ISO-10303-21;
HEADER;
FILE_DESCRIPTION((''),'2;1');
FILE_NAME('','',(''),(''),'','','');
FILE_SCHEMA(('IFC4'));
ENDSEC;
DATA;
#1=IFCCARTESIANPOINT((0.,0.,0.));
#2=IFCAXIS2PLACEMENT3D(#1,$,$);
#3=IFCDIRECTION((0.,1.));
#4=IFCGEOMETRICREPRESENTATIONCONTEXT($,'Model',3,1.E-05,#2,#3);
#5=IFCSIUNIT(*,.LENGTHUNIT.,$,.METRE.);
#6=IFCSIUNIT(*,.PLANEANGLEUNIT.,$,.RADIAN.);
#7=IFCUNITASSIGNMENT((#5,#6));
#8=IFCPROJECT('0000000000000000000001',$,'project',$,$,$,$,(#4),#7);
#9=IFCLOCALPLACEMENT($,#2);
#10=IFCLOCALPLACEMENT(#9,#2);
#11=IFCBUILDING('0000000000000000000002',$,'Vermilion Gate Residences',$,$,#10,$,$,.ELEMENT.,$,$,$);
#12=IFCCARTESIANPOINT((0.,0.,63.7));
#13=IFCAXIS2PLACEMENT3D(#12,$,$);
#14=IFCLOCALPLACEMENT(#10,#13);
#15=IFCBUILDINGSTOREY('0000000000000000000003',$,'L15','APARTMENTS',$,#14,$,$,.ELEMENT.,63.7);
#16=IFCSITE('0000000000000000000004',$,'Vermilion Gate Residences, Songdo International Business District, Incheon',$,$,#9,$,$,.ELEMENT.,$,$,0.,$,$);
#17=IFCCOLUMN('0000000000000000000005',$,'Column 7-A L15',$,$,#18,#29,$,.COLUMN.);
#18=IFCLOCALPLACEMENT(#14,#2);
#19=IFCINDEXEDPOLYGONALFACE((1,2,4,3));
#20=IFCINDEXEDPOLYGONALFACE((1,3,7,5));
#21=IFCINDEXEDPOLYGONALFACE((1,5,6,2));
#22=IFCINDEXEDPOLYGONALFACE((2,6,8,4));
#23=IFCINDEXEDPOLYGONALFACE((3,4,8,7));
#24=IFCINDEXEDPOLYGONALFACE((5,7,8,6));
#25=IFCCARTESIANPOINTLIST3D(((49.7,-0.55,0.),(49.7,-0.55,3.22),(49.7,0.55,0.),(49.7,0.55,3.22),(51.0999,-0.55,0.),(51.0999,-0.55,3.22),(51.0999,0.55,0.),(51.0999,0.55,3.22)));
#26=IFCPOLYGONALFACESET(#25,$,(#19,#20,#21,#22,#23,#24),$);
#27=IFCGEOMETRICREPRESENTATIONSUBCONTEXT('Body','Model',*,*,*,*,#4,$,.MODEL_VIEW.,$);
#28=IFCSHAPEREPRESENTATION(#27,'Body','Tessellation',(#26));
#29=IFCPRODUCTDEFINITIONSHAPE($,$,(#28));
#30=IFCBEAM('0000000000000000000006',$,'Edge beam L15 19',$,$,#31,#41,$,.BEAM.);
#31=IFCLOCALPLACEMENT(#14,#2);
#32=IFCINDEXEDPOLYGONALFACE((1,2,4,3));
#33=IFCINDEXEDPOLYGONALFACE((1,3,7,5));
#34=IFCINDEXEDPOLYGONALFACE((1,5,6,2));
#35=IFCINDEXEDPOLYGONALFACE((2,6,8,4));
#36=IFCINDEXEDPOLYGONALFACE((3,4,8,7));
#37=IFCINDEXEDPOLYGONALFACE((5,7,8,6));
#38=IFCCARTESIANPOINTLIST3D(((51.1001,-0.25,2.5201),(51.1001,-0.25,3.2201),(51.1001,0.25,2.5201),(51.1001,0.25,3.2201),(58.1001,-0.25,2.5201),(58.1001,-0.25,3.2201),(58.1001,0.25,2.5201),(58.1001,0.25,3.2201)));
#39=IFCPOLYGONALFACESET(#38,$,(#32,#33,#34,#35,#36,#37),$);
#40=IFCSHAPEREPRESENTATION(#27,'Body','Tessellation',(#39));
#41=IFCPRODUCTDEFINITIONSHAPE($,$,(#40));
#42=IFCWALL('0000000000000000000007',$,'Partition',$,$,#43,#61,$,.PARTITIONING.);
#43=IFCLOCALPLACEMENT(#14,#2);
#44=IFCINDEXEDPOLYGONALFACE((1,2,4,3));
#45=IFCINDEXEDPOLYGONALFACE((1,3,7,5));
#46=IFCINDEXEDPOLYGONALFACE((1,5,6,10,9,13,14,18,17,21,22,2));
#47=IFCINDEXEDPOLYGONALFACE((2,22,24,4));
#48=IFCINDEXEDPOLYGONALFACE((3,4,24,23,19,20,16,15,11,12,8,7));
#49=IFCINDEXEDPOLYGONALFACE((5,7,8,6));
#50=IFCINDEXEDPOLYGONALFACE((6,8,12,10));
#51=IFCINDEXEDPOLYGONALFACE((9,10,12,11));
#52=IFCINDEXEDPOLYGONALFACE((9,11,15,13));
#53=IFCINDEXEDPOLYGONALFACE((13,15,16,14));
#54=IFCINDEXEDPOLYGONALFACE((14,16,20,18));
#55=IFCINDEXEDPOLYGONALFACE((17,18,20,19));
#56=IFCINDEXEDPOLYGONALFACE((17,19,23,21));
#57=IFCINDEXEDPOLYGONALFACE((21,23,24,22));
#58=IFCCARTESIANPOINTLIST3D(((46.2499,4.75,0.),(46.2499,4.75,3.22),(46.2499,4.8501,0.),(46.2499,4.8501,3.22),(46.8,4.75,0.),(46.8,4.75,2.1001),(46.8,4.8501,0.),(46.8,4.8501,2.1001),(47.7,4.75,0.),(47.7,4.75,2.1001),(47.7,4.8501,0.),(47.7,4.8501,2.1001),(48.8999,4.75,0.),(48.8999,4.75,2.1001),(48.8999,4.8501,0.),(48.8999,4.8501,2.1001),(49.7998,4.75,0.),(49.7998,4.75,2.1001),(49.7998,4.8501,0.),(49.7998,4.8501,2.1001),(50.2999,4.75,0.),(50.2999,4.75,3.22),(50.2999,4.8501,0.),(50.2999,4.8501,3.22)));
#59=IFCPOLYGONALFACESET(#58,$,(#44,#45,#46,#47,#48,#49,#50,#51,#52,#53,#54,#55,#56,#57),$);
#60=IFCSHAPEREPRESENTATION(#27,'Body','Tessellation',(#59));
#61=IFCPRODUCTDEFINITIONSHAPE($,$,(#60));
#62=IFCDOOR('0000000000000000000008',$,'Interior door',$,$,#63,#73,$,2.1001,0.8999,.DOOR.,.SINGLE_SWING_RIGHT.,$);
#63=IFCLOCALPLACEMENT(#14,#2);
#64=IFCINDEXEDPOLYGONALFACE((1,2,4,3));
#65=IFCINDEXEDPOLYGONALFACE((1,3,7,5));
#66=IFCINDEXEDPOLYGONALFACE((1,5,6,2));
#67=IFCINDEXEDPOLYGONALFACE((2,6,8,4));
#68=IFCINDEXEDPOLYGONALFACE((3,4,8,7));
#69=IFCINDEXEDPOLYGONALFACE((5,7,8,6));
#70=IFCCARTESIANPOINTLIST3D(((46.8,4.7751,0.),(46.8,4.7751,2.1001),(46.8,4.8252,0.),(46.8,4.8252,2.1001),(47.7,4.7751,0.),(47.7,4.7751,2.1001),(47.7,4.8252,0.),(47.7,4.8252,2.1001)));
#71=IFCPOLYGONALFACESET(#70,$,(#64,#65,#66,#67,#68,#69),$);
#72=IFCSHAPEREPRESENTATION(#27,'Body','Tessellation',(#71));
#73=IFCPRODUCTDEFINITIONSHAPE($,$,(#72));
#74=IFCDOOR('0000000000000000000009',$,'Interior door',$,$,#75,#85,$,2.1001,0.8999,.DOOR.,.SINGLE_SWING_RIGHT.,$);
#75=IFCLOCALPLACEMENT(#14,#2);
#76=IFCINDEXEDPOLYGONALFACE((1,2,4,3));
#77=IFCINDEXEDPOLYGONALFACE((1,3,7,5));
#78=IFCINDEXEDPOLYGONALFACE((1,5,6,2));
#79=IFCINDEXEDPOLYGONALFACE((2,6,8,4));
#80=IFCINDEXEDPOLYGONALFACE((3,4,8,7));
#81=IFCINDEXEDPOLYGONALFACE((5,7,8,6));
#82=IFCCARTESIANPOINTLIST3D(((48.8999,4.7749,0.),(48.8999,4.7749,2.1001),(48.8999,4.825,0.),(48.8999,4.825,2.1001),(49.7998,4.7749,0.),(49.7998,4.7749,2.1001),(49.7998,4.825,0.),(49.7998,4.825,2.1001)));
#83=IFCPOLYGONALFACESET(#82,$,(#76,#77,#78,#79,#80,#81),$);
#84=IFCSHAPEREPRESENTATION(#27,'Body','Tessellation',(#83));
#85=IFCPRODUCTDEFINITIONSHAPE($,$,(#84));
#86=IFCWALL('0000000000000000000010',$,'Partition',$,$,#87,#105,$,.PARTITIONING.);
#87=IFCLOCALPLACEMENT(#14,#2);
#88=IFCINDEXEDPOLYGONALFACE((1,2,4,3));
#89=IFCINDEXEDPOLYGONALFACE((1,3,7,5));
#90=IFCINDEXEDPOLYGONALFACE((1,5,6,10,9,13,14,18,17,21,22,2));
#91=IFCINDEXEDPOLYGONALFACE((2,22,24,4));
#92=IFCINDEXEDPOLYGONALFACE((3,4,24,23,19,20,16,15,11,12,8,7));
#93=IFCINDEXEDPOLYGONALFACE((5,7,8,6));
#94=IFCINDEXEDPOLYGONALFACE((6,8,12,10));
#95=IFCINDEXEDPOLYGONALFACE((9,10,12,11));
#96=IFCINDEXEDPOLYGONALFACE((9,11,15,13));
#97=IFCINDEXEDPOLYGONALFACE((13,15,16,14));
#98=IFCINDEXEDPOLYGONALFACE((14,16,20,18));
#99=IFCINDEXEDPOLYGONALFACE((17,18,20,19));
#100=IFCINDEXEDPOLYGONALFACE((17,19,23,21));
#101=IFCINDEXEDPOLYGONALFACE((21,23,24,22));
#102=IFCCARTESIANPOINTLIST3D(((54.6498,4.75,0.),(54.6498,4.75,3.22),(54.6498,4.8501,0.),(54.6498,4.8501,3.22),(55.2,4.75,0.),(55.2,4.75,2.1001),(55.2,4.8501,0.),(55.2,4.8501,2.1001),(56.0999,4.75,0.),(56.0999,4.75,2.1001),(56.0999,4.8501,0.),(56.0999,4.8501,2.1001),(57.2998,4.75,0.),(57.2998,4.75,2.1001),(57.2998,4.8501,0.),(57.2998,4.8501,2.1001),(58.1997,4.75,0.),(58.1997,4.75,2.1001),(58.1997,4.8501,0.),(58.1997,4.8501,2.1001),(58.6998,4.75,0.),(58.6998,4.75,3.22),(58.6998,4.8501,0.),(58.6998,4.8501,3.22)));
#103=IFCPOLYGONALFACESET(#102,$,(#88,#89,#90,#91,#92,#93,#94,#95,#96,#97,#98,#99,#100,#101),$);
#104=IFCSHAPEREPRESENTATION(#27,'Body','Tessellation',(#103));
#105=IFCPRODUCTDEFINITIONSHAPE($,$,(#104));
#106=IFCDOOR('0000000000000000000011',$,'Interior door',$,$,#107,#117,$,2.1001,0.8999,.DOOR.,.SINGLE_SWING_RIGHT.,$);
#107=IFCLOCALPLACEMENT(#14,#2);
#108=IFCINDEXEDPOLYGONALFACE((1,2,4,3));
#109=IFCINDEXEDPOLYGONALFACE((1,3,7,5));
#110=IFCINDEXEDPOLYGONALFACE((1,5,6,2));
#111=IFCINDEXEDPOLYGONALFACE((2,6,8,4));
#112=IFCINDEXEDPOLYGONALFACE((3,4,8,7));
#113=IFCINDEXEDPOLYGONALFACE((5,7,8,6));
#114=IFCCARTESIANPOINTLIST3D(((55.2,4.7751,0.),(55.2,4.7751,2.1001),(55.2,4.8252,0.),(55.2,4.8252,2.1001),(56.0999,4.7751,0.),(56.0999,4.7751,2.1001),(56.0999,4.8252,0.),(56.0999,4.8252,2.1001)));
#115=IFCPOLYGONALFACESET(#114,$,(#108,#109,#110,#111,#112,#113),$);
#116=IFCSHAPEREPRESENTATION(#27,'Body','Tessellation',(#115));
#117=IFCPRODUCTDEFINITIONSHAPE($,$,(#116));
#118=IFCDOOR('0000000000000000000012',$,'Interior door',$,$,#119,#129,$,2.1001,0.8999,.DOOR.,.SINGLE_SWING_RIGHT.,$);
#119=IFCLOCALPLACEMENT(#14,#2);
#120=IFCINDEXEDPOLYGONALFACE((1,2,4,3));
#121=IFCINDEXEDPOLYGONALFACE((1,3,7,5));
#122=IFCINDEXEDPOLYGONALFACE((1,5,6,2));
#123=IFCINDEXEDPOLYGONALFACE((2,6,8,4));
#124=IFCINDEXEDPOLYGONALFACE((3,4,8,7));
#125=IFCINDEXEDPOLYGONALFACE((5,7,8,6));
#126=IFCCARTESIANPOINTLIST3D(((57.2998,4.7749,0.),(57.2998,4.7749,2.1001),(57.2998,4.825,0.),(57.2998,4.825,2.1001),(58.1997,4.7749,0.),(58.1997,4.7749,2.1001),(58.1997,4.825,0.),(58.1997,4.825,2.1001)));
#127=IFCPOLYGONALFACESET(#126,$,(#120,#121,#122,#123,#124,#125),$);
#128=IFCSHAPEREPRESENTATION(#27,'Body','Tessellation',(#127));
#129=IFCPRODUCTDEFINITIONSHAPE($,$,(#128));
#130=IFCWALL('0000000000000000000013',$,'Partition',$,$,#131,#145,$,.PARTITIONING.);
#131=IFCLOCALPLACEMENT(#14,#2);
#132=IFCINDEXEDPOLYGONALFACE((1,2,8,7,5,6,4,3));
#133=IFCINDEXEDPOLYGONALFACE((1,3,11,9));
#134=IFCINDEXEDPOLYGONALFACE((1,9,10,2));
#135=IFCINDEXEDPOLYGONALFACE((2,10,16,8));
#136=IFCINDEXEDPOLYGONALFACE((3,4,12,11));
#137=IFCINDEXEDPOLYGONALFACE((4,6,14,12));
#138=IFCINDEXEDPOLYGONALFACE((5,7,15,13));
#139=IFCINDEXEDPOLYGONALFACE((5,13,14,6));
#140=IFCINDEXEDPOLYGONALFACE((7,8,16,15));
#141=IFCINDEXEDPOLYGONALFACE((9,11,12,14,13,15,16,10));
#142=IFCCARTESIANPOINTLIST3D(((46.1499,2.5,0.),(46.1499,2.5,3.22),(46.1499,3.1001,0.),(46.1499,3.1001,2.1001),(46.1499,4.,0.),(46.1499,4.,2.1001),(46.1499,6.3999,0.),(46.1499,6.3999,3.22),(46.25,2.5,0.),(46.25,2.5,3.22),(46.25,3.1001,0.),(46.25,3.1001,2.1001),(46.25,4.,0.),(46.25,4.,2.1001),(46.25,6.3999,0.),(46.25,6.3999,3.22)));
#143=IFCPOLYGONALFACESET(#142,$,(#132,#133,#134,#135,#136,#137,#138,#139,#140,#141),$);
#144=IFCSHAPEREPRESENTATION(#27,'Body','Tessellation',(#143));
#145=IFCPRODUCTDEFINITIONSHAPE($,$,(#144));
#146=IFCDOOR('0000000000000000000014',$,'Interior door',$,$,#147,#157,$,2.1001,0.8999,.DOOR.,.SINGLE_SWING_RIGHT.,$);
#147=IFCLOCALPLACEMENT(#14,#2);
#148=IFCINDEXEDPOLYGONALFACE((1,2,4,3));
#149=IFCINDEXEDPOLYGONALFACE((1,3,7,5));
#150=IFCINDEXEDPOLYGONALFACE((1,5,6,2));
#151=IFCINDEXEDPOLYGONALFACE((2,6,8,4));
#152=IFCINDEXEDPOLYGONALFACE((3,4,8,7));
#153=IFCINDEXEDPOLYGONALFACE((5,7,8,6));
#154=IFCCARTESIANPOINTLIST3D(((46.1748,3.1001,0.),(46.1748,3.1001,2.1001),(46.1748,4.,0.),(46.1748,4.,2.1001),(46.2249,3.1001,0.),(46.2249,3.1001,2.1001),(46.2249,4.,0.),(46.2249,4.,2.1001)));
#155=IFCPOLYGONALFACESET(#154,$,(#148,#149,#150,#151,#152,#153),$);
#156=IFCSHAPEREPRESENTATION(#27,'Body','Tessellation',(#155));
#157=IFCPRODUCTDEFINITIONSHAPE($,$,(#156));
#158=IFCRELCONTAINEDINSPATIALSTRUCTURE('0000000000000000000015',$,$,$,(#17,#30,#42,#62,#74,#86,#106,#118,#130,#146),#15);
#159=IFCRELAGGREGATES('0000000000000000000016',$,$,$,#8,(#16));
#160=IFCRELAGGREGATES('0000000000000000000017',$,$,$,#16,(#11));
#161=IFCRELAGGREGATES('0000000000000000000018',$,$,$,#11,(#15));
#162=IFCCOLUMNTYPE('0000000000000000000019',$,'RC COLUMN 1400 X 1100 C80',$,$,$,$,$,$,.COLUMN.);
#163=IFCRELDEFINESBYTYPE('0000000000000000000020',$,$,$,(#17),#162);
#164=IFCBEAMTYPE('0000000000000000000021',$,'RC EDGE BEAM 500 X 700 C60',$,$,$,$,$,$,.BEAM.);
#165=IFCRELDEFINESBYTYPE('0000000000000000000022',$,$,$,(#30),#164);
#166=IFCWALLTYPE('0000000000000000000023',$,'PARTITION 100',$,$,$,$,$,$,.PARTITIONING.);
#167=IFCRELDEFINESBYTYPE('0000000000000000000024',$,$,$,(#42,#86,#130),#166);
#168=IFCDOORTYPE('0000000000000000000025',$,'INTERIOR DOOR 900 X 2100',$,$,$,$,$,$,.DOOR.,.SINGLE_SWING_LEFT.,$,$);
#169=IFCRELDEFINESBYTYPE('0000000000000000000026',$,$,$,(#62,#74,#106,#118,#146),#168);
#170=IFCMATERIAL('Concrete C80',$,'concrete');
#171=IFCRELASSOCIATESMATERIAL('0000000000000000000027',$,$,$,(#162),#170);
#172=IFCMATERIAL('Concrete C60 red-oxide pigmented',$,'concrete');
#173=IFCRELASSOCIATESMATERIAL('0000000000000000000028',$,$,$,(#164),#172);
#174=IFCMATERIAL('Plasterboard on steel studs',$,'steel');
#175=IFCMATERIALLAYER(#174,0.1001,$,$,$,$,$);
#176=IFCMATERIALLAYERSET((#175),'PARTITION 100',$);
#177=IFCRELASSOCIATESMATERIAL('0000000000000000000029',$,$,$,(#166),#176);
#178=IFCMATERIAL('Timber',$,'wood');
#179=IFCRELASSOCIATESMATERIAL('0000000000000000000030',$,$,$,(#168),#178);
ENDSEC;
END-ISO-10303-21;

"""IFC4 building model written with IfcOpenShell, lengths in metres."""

from ifc_helpers import new_model, si_unit, direction, frame, frame_2d, origin, origin_2d, place, context, subcontext, project, spatial, rectangle, extrude, material, layer, layer_set, material_profile, profile_set, type_object, element, fill, save


model = new_model("IFC4")

# Units and contexts
model_context = context("Model", 3, precision=1e-05, world=origin(), true_north=direction((0.0, 1.0)))
body_context = subcontext(model_context, "Body", "Model", "MODEL_VIEW")
ifc_project = project(units=[si_unit("LENGTHUNIT", "METRE"), si_unit("PLANEANGLEUNIT", "RADIAN")], contexts=[model_context])

# Site, building, storey
site_placement = place(None, origin())
site = spatial("IfcSite", under=ifc_project, at=site_placement, Name="Vermilion Gate Residences, Songdo International Business District, Incheon", CompositionType="ELEMENT", RefElevation=0.0)
building_placement = place(site_placement, origin())
building = spatial("IfcBuilding", under=site, at=building_placement, Name="Vermilion Gate Residences", CompositionType="ELEMENT")
storey_placement = place(building_placement, frame((0.0, 0.0, 63.7)))
storey = spatial("IfcBuildingStorey", under=building, at=storey_placement, Name="L15", Description="APARTMENTS", CompositionType="ELEMENT", Elevation=63.7)

# Column
ifc_material_1 = material(Name="Concrete C80", Category="concrete")
ifc_material_profile_1 = material_profile(ifc_material_1, rectangle(XDim=1.3999, YDim=1.1001, at=origin_2d()), Name="RC-1400x1100")
ifc_profile_set_1 = profile_set([ifc_material_profile_1], Name="Concrete C80")
column_type = type_object("IfcColumnType", Name="RC COLUMN 1400 X 1100 C80", PredefinedType="COLUMN", material=ifc_profile_set_1)
column_placement = place(storey_placement, frame((50.3999, 0.0, 0.0), z_axis=(0.0, 0.0, 1.0), x_axis=(1.0, 0.0, 0.0)))
element("IfcColumn", 1, at=column_placement, inside=storey, type_object=column_type, Name="Column 7-A L15", PredefinedType="COLUMN", context=body_context, shape_type="SweptSolid", body=[
    extrude(rectangle(XDim=1.3999, YDim=1.1001, at=origin_2d()), origin(), (0.0, 0.0, 1.0), 3.22),
])

# Beam
ifc_material_2 = material(Name="Concrete C60 red-oxide pigmented", Category="concrete")
ifc_material_profile_2 = material_profile(ifc_material_2, rectangle(XDim=0.5, YDim=0.7, at=origin_2d()), Name="RC-500x700")
ifc_profile_set_2 = profile_set([ifc_material_profile_2], Name="Concrete C60 red-oxide pigmented")
beam_type = type_object("IfcBeamType", Name="RC EDGE BEAM 500 X 700 C60", PredefinedType="BEAM", material=ifc_profile_set_2)
beam_placement = place(storey_placement, frame((51.1001, 0.0, 2.8701), z_axis=(1.0, 0.0, 0.0), x_axis=(0.0, 1.0, 0.0)))
element("IfcBeam", 2, at=beam_placement, inside=storey, type_object=beam_type, Name="Edge beam L15 19", PredefinedType="BEAM", context=body_context, shape_type="SweptSolid", body=[
    extrude(rectangle(XDim=0.5, YDim=0.7, at=origin_2d()), origin(), (0.0, 0.0, 1.0), 7.0),
])

# Walls, openings, doors
ifc_material_3 = material(Name="Plasterboard on steel studs", Category="steel")
ifc_layer_1 = layer(ifc_material_3, 0.1001)
ifc_layer_set_1 = layer_set([ifc_layer_1], Name="PARTITION 100")
wall_type_1 = type_object("IfcWallType", Name="PARTITION 100", PredefinedType="PARTITIONING", material=ifc_layer_set_1)
wall_1_placement = place(storey_placement, frame((46.25, 4.8, 0.0), z_axis=(0.0, 0.0, 1.0), x_axis=(1.0, 0.0, 0.0)))
wall_1 = element("IfcWall", 3, at=wall_1_placement, inside=storey, type_object=wall_type_1, Name="Partition", PredefinedType="PARTITIONING", context=body_context, shape_type="SweptSolid", body=[
    extrude(rectangle(XDim=4.05, YDim=0.1001, at=frame_2d((2.0249, 0.0))), origin(), (0.0, 0.0, 1.0), 3.22),
])
opening_1_placement = place(wall_1_placement, frame((0.55, 0.0, 0.0)))
opening_1 = element("IfcOpeningElement", 4, at=opening_1_placement, cuts=wall_1, PredefinedType="OPENING", context=body_context, shape_type="SweptSolid", body=[
    extrude(rectangle(XDim=0.8999, YDim=2.1001, at=frame_2d((0.45, 1.05))), frame((0.0, 0.0601, 0.0), z_axis=(0.0, -1.0, 0.0), x_axis=(1.0, 0.0, 0.0)), (0.0, 0.0, 1.0), 0.1201),
])
opening_2_placement = place(wall_1_placement, frame((2.6499, 0.0, 0.0)))
opening_2 = element("IfcOpeningElement", 5, at=opening_2_placement, cuts=wall_1, PredefinedType="OPENING", context=body_context, shape_type="SweptSolid", body=[
    extrude(rectangle(XDim=0.8999, YDim=2.1001, at=frame_2d((0.45, 1.05))), frame((0.0, 0.0601, 0.0), z_axis=(0.0, -1.0, 0.0), x_axis=(1.0, 0.0, 0.0)), (0.0, 0.0, 1.0), 0.1201),
])
ifc_material_4 = material(Name="Timber", Category="wood")
door_type = type_object("IfcDoorType", Name="INTERIOR DOOR 900 X 2100", OperationType="SINGLE_SWING_LEFT", PredefinedType="DOOR", material=ifc_material_4)
door_1_placement = place(opening_1_placement, frame((0.8999, 0.0, 0.0), z_axis=(0.0, 0.0, 1.0), x_axis=(-1.0, 0.0, 0.0)))
door_1 = element("IfcDoor", 6, at=door_1_placement, inside=storey, type_object=door_type, Name="Interior door", OperationType="SINGLE_SWING_RIGHT", OverallHeight=2.1001, OverallWidth=0.8999, PredefinedType="DOOR", context=body_context, shape_type="SweptSolid", body=[
    extrude(rectangle(XDim=0.8999, YDim=2.1001, at=frame_2d((0.45, 1.05))), frame((0.0, 0.0249, 0.0), z_axis=(0.0, -1.0, 0.0), x_axis=(1.0, 0.0, 0.0)), (0.0, 0.0, 1.0), 0.05),
])
fill(opening_1, door_1)
door_2_placement = place(opening_2_placement, origin())
door_2 = element("IfcDoor", 7, at=door_2_placement, inside=storey, type_object=door_type, Name="Interior door", OperationType="SINGLE_SWING_RIGHT", OverallHeight=2.1001, OverallWidth=0.8999, PredefinedType="DOOR", context=body_context, shape_type="SweptSolid", body=[
    extrude(rectangle(XDim=0.8999, YDim=2.1001, at=frame_2d((0.45, 1.05))), frame((0.0, 0.0249, 0.0), z_axis=(0.0, -1.0, 0.0), x_axis=(1.0, 0.0, 0.0)), (0.0, 0.0, 1.0), 0.05),
])
fill(opening_2, door_2)
wall_2_placement = place(storey_placement, frame((54.6499, 4.8, 0.0), z_axis=(0.0, 0.0, 1.0), x_axis=(1.0, 0.0, 0.0)))
wall_2 = element("IfcWall", 8, at=wall_2_placement, inside=storey, type_object=wall_type_1, Name="Partition", PredefinedType="PARTITIONING", context=body_context, shape_type="SweptSolid", body=[
    extrude(rectangle(XDim=4.05, YDim=0.1001, at=frame_2d((2.0249, 0.0))), origin(), (0.0, 0.0, 1.0), 3.22),
])
opening_3_placement = place(wall_2_placement, frame((0.55, 0.0, 0.0)))
opening_3 = element("IfcOpeningElement", 9, at=opening_3_placement, cuts=wall_2, PredefinedType="OPENING", context=body_context, shape_type="SweptSolid", body=[
    extrude(rectangle(XDim=0.8999, YDim=2.1001, at=frame_2d((0.45, 1.05))), frame((0.0, 0.0601, 0.0), z_axis=(0.0, -1.0, 0.0), x_axis=(1.0, 0.0, 0.0)), (0.0, 0.0, 1.0), 0.1201),
])
opening_4_placement = place(wall_2_placement, frame((2.6499, 0.0, 0.0)))
opening_4 = element("IfcOpeningElement", 10, at=opening_4_placement, cuts=wall_2, PredefinedType="OPENING", context=body_context, shape_type="SweptSolid", body=[
    extrude(rectangle(XDim=0.8999, YDim=2.1001, at=frame_2d((0.45, 1.05))), frame((0.0, 0.0601, 0.0), z_axis=(0.0, -1.0, 0.0), x_axis=(1.0, 0.0, 0.0)), (0.0, 0.0, 1.0), 0.1201),
])
door_3_placement = place(opening_3_placement, frame((0.8999, 0.0, 0.0), z_axis=(0.0, 0.0, 1.0), x_axis=(-1.0, 0.0, 0.0)))
door_3 = element("IfcDoor", 11, at=door_3_placement, inside=storey, type_object=door_type, Name="Interior door", OperationType="SINGLE_SWING_RIGHT", OverallHeight=2.1001, OverallWidth=0.8999, PredefinedType="DOOR", context=body_context, shape_type="SweptSolid", body=[
    extrude(rectangle(XDim=0.8999, YDim=2.1001, at=frame_2d((0.45, 1.05))), frame((0.0, 0.0249, 0.0), z_axis=(0.0, -1.0, 0.0), x_axis=(1.0, 0.0, 0.0)), (0.0, 0.0, 1.0), 0.05),
])
fill(opening_3, door_3)
door_4_placement = place(opening_4_placement, origin())
door_4 = element("IfcDoor", 12, at=door_4_placement, inside=storey, type_object=door_type, Name="Interior door", OperationType="SINGLE_SWING_RIGHT", OverallHeight=2.1001, OverallWidth=0.8999, PredefinedType="DOOR", context=body_context, shape_type="SweptSolid", body=[
    extrude(rectangle(XDim=0.8999, YDim=2.1001, at=frame_2d((0.45, 1.05))), frame((0.0, 0.0249, 0.0), z_axis=(0.0, -1.0, 0.0), x_axis=(1.0, 0.0, 0.0)), (0.0, 0.0, 1.0), 0.05),
])
fill(opening_4, door_4)

# Wall, opening, door
wall_3_placement = place(storey_placement, frame((46.2, 2.5, 0.0), z_axis=(0.0, 0.0, 1.0), x_axis=(0.0, 1.0, 0.0)))
wall_3 = element("IfcWall", 13, at=wall_3_placement, inside=storey, type_object=wall_type_1, Name="Partition", PredefinedType="PARTITIONING", context=body_context, shape_type="SweptSolid", body=[
    extrude(rectangle(XDim=3.8999, YDim=0.1001, at=frame_2d((1.95, 0.0))), origin(), (0.0, 0.0, 1.0), 3.22),
])
opening_5_placement = place(wall_3_placement, frame((0.6001, 0.0, 0.0)))
opening_5 = element("IfcOpeningElement", 14, at=opening_5_placement, cuts=wall_3, PredefinedType="OPENING", context=body_context, shape_type="SweptSolid", body=[
    extrude(rectangle(XDim=0.8999, YDim=2.1001, at=frame_2d((0.45, 1.05))), frame((0.0, 0.0601, 0.0), z_axis=(0.0, -1.0, 0.0), x_axis=(1.0, 0.0, 0.0)), (0.0, 0.0, 1.0), 0.1201),
])
door_5_placement = place(opening_5_placement, frame((0.8999, 0.0, 0.0), z_axis=(0.0, 0.0, 1.0), x_axis=(-1.0, 0.0, 0.0)))
door_5 = element("IfcDoor", 15, at=door_5_placement, inside=storey, type_object=door_type, Name="Interior door", OperationType="SINGLE_SWING_RIGHT", OverallHeight=2.1001, OverallWidth=0.8999, PredefinedType="DOOR", context=body_context, shape_type="SweptSolid", body=[
    extrude(rectangle(XDim=0.8999, YDim=2.1001, at=frame_2d((0.45, 1.05))), frame((0.0, 0.0249, 0.0), z_axis=(0.0, -1.0, 0.0), x_axis=(1.0, 0.0, 0.0)), (0.0, 0.0, 1.0), 0.05),
])
fill(opening_5, door_5)

save(model, "model.ifc")
